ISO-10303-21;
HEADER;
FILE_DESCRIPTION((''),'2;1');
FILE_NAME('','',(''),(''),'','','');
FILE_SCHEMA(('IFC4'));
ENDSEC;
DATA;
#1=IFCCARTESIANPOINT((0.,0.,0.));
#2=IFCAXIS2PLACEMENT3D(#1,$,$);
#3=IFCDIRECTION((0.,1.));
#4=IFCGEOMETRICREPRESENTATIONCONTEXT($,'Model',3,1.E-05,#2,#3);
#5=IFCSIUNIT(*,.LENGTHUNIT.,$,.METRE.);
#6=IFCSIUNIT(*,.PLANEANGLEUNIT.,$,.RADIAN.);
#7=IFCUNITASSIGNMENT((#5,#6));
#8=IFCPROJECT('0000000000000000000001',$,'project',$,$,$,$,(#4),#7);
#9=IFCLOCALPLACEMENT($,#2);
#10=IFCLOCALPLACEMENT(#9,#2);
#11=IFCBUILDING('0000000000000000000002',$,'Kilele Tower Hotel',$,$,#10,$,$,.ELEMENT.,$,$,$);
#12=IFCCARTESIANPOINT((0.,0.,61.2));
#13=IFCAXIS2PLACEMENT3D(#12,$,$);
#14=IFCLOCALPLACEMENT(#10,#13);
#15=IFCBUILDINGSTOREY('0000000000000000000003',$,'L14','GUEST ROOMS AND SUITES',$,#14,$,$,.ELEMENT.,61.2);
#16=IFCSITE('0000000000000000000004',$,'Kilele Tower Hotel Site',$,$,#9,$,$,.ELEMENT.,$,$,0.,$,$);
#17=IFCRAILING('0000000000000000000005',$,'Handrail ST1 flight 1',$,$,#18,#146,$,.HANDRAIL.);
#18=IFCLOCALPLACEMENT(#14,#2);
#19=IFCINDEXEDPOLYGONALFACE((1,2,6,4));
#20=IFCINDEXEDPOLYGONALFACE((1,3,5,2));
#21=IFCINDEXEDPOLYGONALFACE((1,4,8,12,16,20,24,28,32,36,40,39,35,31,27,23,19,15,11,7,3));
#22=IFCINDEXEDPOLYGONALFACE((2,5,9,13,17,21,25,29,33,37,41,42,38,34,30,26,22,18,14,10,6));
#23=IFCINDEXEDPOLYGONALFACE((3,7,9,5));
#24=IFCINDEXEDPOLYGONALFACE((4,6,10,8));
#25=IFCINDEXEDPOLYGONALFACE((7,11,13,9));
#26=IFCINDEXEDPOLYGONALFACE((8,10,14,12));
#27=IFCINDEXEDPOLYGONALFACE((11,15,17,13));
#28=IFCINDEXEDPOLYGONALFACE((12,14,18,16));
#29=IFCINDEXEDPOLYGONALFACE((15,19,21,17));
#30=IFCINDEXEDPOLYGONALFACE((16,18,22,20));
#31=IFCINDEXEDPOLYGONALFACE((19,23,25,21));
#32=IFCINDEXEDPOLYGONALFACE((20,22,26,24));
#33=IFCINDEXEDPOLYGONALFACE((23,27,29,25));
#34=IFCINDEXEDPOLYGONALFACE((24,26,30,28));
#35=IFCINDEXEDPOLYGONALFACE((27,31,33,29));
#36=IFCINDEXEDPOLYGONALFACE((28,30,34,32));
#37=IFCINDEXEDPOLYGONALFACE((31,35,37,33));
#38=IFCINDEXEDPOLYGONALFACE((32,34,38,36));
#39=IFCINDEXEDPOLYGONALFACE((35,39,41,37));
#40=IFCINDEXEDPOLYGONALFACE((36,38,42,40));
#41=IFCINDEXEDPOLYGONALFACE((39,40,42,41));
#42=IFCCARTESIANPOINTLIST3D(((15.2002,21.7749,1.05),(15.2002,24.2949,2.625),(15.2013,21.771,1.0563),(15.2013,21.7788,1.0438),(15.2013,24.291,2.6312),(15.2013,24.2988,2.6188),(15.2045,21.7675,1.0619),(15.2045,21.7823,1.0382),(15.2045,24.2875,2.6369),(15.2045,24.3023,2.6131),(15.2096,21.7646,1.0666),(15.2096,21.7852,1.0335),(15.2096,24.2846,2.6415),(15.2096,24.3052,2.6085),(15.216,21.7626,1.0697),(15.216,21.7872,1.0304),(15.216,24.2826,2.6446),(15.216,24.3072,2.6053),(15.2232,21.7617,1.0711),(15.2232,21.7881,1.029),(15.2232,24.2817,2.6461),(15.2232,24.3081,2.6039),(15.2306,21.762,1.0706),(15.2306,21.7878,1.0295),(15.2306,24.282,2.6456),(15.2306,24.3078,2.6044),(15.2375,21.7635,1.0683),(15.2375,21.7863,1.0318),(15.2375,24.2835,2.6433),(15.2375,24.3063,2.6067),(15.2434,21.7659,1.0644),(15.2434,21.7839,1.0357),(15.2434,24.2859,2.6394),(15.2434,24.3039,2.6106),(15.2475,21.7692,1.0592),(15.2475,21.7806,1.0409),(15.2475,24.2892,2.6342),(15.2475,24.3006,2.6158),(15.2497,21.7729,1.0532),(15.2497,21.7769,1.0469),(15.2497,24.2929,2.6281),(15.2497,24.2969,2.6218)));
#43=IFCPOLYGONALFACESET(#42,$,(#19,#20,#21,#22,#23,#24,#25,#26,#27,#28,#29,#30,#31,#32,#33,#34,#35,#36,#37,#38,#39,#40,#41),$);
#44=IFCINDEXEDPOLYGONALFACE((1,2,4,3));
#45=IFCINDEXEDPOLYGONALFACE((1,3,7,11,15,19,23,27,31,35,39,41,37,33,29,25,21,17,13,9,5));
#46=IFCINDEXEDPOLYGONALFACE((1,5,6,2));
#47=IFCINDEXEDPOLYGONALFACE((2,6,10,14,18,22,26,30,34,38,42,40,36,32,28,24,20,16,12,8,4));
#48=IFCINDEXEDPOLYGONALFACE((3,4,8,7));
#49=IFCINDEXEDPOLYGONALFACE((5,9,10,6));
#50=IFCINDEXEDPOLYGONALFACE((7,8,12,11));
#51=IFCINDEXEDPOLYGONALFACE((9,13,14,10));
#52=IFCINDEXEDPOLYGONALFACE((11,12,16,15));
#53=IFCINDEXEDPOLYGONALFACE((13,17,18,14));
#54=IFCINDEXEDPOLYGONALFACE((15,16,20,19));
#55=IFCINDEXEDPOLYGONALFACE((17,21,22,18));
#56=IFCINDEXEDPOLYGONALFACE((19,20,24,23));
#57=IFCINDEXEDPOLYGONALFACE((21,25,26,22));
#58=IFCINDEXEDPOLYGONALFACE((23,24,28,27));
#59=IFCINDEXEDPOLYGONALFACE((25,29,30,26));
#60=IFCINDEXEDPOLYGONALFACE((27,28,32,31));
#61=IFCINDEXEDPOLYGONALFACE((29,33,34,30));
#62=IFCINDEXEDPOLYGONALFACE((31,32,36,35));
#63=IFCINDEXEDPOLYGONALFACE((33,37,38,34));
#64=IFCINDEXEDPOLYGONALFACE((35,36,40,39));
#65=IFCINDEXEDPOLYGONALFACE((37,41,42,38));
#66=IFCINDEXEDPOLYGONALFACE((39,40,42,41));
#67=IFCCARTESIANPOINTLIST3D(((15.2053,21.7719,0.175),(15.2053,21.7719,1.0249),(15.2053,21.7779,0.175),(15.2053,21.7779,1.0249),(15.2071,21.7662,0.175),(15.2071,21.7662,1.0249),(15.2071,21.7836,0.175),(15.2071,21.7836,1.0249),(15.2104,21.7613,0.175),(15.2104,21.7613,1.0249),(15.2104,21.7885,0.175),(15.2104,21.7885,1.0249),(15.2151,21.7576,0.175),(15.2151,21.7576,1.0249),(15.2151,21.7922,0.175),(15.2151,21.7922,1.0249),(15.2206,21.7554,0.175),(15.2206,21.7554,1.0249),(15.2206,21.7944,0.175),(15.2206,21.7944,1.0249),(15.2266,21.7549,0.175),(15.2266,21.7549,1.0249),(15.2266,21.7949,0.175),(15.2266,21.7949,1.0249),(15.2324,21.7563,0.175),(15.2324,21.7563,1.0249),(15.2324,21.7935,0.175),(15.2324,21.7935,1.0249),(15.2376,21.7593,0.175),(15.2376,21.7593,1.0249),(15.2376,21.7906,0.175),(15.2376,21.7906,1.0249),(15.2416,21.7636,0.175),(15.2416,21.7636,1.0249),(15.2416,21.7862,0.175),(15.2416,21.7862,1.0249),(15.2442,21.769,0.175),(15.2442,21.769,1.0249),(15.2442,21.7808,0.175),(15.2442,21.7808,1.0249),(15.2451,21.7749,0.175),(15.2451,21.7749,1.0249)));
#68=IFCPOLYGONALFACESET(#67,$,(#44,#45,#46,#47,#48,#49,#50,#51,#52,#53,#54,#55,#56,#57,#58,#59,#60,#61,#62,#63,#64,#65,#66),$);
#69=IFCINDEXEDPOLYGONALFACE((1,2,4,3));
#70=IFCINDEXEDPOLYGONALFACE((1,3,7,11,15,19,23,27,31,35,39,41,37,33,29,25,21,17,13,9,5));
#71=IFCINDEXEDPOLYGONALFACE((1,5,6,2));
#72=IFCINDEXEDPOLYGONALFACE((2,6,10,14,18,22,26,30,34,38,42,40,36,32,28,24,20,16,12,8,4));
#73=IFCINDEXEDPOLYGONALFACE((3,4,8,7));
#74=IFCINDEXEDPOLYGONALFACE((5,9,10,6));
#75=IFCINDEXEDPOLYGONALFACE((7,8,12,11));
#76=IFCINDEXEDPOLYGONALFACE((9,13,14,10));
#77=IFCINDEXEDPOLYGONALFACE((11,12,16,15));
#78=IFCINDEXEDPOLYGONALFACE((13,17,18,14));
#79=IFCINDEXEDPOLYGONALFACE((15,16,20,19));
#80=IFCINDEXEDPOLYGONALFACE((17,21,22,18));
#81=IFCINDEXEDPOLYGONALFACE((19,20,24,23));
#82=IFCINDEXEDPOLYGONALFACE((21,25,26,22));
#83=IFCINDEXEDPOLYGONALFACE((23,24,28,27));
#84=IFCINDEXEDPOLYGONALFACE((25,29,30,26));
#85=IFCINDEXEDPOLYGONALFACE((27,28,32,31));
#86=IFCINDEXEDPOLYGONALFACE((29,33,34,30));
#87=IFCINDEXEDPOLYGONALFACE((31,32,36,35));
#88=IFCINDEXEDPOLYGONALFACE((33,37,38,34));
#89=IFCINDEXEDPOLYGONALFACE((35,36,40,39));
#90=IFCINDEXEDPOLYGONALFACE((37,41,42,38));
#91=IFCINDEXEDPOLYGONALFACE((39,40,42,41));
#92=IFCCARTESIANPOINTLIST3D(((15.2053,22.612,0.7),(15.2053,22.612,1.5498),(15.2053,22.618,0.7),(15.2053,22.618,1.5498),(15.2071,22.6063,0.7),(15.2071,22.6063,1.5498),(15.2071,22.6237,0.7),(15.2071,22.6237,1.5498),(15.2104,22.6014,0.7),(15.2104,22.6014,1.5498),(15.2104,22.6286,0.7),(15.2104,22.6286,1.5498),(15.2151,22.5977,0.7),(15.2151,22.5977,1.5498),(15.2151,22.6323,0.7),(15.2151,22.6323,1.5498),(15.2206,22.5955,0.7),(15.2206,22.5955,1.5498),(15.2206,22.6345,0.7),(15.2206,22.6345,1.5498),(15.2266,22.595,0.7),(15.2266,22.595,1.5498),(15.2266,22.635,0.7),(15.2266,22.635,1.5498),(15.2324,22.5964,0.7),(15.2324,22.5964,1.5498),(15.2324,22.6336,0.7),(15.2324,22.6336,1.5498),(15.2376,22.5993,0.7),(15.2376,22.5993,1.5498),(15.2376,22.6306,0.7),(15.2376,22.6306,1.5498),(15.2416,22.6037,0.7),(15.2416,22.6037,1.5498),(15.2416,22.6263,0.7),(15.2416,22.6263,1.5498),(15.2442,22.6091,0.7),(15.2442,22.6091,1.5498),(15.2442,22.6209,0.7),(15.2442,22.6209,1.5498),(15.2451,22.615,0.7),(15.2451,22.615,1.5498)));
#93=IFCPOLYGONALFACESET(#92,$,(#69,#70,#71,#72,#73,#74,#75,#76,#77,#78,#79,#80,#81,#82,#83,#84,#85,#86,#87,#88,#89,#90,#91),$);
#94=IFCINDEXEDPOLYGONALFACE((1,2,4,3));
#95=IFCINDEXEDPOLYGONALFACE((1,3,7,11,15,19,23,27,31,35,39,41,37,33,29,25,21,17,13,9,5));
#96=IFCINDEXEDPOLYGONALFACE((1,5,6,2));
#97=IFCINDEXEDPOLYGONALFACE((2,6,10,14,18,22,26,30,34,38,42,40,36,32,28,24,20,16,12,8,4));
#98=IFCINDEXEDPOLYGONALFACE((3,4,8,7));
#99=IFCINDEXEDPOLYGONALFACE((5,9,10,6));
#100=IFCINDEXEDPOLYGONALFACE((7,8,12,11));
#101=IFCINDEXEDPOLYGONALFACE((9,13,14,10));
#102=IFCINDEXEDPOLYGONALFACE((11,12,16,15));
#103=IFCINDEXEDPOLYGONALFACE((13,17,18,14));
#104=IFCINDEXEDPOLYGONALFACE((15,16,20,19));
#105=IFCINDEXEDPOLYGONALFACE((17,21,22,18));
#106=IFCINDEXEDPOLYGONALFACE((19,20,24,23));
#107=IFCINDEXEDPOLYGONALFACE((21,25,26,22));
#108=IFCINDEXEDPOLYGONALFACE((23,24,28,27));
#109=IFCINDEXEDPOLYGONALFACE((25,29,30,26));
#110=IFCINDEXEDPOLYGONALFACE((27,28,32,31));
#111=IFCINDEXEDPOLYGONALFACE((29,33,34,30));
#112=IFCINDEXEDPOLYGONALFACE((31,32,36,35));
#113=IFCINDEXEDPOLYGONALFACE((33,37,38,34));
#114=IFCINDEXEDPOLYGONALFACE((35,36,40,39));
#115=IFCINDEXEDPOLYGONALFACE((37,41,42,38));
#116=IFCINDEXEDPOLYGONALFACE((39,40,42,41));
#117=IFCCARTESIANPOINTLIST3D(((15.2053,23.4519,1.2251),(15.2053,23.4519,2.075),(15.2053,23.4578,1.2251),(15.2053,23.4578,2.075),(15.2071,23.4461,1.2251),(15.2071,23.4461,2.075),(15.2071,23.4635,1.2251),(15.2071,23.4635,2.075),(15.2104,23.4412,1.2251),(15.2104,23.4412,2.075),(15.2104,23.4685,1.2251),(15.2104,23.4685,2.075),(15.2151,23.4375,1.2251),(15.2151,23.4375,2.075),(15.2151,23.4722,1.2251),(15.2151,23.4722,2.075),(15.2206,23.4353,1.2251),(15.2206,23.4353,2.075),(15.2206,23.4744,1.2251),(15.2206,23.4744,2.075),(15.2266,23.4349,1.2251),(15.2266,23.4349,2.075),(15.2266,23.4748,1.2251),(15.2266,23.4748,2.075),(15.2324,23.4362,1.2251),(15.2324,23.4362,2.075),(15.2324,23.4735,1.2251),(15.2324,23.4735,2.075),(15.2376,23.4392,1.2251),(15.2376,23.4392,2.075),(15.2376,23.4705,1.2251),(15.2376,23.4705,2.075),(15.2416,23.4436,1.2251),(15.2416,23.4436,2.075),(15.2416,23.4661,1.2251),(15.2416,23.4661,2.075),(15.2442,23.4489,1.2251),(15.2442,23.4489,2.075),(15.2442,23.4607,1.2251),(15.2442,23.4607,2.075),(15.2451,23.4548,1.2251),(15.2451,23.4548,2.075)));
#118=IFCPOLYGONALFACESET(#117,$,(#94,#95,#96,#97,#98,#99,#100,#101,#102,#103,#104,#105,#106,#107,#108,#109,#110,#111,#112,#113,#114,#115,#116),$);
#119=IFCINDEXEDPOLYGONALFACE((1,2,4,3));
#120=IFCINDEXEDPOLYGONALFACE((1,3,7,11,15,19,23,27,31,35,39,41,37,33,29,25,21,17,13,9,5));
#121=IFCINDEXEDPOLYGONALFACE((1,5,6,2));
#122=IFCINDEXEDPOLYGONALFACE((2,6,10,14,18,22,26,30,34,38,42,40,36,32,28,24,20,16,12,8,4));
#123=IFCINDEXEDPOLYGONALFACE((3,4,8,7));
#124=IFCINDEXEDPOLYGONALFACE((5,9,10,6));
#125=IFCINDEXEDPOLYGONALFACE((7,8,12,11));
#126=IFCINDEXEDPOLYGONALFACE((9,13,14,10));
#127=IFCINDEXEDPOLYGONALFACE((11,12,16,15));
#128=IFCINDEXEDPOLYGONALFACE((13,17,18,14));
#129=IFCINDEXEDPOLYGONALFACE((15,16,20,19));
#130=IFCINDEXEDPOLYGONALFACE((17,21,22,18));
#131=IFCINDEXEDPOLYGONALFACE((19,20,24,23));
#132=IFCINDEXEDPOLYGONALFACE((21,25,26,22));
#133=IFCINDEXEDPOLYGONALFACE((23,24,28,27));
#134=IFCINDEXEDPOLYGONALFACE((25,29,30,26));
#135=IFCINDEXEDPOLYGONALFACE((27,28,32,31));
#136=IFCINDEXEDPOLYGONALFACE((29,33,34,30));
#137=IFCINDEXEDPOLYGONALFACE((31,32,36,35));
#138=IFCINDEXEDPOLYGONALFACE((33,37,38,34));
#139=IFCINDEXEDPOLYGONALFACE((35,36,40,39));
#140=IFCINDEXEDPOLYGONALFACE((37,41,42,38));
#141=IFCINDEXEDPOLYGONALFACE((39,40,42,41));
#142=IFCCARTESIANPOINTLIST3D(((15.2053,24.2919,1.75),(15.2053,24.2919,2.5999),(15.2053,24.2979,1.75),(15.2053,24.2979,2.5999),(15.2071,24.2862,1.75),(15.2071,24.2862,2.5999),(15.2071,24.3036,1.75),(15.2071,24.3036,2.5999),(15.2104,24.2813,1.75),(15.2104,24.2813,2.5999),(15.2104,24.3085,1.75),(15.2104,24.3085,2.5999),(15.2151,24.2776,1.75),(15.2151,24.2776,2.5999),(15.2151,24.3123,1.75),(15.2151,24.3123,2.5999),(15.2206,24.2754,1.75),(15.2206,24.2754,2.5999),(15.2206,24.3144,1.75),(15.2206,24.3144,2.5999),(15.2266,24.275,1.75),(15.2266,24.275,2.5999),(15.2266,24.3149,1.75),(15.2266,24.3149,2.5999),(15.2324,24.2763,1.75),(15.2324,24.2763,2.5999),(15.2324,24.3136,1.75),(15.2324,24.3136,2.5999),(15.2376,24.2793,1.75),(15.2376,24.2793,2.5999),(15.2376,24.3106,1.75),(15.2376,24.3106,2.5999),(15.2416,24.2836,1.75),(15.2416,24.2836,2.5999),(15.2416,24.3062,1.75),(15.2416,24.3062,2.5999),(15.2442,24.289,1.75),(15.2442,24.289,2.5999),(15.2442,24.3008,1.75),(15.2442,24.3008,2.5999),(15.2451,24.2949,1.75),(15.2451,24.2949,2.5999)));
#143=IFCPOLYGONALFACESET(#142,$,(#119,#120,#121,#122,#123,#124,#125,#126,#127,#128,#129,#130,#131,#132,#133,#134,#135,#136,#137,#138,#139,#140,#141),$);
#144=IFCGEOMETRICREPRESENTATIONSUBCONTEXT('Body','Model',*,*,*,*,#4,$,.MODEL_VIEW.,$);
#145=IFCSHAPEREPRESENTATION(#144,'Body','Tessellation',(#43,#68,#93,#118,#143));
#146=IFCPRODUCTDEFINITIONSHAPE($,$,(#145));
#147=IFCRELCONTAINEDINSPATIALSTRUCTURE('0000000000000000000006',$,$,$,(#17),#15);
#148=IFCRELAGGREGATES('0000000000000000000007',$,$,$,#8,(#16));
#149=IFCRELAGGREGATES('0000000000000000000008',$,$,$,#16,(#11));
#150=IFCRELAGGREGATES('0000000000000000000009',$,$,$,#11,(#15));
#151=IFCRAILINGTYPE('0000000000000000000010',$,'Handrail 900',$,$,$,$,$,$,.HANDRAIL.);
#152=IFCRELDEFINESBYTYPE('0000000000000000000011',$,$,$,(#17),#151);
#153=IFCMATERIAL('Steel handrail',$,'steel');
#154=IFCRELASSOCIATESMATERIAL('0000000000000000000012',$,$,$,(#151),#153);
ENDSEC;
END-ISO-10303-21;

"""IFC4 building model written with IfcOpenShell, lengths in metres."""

from ifc_helpers import new_model, si_unit, direction, frame, origin, origin_2d, place, context, subcontext, project, spatial, circle, extrude, material, type_object, element, save


model = new_model("IFC4")

# Units and contexts
model_context = context("Model", 3, precision=1e-05, world=origin(), true_north=direction((0.0, 1.0)))
body_context = subcontext(model_context, "Body", "Model", "MODEL_VIEW")
ifc_project = project(units=[si_unit("LENGTHUNIT", "METRE"), si_unit("PLANEANGLEUNIT", "RADIAN")], contexts=[model_context])

# Site, building, storey
site_placement = place(None, origin())
site = spatial("IfcSite", under=ifc_project, at=site_placement, Name="Kilele Tower Hotel Site", CompositionType="ELEMENT", RefElevation=0.0)
building_placement = place(site_placement, origin())
building = spatial("IfcBuilding", under=site, at=building_placement, Name="Kilele Tower Hotel", CompositionType="ELEMENT")
storey_placement = place(building_placement, frame((0.0, 0.0, 61.2)))
storey = spatial("IfcBuildingStorey", under=building, at=storey_placement, Name="L14", Description="GUEST ROOMS AND SUITES", CompositionType="ELEMENT", Elevation=61.2)

# Railing
ifc_material_1 = material(Name="Steel handrail", Category="steel")
railing_type_1 = type_object("IfcRailingType", Name="Handrail 900", PredefinedType="HANDRAIL", material=ifc_material_1)
for number, where, name in (
    (1, (15.2251, 21.7749, 0.175), "Handrail ST1 flight 1"),
):
    element("IfcRailing", number, at=place(storey_placement, frame(where)), inside=storey, type_object=railing_type_1, Name=name, PredefinedType="HANDRAIL", context=body_context, shape_type="SweptSolid", body=[
        extrude(circle(Radius=0.0249, at=origin_2d()), frame((0.0, 0.0, 0.875), z_axis=(0.0, 0.848008, 0.529984), x_axis=(-1.0, 0.0, 0.0)), (0.0, 0.0, 1.0), 2.9717),
        extrude(circle(Radius=0.02, at=origin_2d()), origin(), (0.0, 0.0, 1.0), 0.8499),
        extrude(circle(Radius=0.02, at=origin_2d()), frame((0.0, 0.8401, 0.5249)), (0.0, 0.0, 1.0), 0.8499),
        extrude(circle(Radius=0.02, at=origin_2d()), frame((0.0, 1.6799, 1.05)), (0.0, 0.0, 1.0), 0.8499),
        extrude(circle(Radius=0.02, at=origin_2d()), frame((0.0, 2.52, 1.575)), (0.0, 0.0, 1.0), 0.8499),
    ])

save(model, "model.ifc")
